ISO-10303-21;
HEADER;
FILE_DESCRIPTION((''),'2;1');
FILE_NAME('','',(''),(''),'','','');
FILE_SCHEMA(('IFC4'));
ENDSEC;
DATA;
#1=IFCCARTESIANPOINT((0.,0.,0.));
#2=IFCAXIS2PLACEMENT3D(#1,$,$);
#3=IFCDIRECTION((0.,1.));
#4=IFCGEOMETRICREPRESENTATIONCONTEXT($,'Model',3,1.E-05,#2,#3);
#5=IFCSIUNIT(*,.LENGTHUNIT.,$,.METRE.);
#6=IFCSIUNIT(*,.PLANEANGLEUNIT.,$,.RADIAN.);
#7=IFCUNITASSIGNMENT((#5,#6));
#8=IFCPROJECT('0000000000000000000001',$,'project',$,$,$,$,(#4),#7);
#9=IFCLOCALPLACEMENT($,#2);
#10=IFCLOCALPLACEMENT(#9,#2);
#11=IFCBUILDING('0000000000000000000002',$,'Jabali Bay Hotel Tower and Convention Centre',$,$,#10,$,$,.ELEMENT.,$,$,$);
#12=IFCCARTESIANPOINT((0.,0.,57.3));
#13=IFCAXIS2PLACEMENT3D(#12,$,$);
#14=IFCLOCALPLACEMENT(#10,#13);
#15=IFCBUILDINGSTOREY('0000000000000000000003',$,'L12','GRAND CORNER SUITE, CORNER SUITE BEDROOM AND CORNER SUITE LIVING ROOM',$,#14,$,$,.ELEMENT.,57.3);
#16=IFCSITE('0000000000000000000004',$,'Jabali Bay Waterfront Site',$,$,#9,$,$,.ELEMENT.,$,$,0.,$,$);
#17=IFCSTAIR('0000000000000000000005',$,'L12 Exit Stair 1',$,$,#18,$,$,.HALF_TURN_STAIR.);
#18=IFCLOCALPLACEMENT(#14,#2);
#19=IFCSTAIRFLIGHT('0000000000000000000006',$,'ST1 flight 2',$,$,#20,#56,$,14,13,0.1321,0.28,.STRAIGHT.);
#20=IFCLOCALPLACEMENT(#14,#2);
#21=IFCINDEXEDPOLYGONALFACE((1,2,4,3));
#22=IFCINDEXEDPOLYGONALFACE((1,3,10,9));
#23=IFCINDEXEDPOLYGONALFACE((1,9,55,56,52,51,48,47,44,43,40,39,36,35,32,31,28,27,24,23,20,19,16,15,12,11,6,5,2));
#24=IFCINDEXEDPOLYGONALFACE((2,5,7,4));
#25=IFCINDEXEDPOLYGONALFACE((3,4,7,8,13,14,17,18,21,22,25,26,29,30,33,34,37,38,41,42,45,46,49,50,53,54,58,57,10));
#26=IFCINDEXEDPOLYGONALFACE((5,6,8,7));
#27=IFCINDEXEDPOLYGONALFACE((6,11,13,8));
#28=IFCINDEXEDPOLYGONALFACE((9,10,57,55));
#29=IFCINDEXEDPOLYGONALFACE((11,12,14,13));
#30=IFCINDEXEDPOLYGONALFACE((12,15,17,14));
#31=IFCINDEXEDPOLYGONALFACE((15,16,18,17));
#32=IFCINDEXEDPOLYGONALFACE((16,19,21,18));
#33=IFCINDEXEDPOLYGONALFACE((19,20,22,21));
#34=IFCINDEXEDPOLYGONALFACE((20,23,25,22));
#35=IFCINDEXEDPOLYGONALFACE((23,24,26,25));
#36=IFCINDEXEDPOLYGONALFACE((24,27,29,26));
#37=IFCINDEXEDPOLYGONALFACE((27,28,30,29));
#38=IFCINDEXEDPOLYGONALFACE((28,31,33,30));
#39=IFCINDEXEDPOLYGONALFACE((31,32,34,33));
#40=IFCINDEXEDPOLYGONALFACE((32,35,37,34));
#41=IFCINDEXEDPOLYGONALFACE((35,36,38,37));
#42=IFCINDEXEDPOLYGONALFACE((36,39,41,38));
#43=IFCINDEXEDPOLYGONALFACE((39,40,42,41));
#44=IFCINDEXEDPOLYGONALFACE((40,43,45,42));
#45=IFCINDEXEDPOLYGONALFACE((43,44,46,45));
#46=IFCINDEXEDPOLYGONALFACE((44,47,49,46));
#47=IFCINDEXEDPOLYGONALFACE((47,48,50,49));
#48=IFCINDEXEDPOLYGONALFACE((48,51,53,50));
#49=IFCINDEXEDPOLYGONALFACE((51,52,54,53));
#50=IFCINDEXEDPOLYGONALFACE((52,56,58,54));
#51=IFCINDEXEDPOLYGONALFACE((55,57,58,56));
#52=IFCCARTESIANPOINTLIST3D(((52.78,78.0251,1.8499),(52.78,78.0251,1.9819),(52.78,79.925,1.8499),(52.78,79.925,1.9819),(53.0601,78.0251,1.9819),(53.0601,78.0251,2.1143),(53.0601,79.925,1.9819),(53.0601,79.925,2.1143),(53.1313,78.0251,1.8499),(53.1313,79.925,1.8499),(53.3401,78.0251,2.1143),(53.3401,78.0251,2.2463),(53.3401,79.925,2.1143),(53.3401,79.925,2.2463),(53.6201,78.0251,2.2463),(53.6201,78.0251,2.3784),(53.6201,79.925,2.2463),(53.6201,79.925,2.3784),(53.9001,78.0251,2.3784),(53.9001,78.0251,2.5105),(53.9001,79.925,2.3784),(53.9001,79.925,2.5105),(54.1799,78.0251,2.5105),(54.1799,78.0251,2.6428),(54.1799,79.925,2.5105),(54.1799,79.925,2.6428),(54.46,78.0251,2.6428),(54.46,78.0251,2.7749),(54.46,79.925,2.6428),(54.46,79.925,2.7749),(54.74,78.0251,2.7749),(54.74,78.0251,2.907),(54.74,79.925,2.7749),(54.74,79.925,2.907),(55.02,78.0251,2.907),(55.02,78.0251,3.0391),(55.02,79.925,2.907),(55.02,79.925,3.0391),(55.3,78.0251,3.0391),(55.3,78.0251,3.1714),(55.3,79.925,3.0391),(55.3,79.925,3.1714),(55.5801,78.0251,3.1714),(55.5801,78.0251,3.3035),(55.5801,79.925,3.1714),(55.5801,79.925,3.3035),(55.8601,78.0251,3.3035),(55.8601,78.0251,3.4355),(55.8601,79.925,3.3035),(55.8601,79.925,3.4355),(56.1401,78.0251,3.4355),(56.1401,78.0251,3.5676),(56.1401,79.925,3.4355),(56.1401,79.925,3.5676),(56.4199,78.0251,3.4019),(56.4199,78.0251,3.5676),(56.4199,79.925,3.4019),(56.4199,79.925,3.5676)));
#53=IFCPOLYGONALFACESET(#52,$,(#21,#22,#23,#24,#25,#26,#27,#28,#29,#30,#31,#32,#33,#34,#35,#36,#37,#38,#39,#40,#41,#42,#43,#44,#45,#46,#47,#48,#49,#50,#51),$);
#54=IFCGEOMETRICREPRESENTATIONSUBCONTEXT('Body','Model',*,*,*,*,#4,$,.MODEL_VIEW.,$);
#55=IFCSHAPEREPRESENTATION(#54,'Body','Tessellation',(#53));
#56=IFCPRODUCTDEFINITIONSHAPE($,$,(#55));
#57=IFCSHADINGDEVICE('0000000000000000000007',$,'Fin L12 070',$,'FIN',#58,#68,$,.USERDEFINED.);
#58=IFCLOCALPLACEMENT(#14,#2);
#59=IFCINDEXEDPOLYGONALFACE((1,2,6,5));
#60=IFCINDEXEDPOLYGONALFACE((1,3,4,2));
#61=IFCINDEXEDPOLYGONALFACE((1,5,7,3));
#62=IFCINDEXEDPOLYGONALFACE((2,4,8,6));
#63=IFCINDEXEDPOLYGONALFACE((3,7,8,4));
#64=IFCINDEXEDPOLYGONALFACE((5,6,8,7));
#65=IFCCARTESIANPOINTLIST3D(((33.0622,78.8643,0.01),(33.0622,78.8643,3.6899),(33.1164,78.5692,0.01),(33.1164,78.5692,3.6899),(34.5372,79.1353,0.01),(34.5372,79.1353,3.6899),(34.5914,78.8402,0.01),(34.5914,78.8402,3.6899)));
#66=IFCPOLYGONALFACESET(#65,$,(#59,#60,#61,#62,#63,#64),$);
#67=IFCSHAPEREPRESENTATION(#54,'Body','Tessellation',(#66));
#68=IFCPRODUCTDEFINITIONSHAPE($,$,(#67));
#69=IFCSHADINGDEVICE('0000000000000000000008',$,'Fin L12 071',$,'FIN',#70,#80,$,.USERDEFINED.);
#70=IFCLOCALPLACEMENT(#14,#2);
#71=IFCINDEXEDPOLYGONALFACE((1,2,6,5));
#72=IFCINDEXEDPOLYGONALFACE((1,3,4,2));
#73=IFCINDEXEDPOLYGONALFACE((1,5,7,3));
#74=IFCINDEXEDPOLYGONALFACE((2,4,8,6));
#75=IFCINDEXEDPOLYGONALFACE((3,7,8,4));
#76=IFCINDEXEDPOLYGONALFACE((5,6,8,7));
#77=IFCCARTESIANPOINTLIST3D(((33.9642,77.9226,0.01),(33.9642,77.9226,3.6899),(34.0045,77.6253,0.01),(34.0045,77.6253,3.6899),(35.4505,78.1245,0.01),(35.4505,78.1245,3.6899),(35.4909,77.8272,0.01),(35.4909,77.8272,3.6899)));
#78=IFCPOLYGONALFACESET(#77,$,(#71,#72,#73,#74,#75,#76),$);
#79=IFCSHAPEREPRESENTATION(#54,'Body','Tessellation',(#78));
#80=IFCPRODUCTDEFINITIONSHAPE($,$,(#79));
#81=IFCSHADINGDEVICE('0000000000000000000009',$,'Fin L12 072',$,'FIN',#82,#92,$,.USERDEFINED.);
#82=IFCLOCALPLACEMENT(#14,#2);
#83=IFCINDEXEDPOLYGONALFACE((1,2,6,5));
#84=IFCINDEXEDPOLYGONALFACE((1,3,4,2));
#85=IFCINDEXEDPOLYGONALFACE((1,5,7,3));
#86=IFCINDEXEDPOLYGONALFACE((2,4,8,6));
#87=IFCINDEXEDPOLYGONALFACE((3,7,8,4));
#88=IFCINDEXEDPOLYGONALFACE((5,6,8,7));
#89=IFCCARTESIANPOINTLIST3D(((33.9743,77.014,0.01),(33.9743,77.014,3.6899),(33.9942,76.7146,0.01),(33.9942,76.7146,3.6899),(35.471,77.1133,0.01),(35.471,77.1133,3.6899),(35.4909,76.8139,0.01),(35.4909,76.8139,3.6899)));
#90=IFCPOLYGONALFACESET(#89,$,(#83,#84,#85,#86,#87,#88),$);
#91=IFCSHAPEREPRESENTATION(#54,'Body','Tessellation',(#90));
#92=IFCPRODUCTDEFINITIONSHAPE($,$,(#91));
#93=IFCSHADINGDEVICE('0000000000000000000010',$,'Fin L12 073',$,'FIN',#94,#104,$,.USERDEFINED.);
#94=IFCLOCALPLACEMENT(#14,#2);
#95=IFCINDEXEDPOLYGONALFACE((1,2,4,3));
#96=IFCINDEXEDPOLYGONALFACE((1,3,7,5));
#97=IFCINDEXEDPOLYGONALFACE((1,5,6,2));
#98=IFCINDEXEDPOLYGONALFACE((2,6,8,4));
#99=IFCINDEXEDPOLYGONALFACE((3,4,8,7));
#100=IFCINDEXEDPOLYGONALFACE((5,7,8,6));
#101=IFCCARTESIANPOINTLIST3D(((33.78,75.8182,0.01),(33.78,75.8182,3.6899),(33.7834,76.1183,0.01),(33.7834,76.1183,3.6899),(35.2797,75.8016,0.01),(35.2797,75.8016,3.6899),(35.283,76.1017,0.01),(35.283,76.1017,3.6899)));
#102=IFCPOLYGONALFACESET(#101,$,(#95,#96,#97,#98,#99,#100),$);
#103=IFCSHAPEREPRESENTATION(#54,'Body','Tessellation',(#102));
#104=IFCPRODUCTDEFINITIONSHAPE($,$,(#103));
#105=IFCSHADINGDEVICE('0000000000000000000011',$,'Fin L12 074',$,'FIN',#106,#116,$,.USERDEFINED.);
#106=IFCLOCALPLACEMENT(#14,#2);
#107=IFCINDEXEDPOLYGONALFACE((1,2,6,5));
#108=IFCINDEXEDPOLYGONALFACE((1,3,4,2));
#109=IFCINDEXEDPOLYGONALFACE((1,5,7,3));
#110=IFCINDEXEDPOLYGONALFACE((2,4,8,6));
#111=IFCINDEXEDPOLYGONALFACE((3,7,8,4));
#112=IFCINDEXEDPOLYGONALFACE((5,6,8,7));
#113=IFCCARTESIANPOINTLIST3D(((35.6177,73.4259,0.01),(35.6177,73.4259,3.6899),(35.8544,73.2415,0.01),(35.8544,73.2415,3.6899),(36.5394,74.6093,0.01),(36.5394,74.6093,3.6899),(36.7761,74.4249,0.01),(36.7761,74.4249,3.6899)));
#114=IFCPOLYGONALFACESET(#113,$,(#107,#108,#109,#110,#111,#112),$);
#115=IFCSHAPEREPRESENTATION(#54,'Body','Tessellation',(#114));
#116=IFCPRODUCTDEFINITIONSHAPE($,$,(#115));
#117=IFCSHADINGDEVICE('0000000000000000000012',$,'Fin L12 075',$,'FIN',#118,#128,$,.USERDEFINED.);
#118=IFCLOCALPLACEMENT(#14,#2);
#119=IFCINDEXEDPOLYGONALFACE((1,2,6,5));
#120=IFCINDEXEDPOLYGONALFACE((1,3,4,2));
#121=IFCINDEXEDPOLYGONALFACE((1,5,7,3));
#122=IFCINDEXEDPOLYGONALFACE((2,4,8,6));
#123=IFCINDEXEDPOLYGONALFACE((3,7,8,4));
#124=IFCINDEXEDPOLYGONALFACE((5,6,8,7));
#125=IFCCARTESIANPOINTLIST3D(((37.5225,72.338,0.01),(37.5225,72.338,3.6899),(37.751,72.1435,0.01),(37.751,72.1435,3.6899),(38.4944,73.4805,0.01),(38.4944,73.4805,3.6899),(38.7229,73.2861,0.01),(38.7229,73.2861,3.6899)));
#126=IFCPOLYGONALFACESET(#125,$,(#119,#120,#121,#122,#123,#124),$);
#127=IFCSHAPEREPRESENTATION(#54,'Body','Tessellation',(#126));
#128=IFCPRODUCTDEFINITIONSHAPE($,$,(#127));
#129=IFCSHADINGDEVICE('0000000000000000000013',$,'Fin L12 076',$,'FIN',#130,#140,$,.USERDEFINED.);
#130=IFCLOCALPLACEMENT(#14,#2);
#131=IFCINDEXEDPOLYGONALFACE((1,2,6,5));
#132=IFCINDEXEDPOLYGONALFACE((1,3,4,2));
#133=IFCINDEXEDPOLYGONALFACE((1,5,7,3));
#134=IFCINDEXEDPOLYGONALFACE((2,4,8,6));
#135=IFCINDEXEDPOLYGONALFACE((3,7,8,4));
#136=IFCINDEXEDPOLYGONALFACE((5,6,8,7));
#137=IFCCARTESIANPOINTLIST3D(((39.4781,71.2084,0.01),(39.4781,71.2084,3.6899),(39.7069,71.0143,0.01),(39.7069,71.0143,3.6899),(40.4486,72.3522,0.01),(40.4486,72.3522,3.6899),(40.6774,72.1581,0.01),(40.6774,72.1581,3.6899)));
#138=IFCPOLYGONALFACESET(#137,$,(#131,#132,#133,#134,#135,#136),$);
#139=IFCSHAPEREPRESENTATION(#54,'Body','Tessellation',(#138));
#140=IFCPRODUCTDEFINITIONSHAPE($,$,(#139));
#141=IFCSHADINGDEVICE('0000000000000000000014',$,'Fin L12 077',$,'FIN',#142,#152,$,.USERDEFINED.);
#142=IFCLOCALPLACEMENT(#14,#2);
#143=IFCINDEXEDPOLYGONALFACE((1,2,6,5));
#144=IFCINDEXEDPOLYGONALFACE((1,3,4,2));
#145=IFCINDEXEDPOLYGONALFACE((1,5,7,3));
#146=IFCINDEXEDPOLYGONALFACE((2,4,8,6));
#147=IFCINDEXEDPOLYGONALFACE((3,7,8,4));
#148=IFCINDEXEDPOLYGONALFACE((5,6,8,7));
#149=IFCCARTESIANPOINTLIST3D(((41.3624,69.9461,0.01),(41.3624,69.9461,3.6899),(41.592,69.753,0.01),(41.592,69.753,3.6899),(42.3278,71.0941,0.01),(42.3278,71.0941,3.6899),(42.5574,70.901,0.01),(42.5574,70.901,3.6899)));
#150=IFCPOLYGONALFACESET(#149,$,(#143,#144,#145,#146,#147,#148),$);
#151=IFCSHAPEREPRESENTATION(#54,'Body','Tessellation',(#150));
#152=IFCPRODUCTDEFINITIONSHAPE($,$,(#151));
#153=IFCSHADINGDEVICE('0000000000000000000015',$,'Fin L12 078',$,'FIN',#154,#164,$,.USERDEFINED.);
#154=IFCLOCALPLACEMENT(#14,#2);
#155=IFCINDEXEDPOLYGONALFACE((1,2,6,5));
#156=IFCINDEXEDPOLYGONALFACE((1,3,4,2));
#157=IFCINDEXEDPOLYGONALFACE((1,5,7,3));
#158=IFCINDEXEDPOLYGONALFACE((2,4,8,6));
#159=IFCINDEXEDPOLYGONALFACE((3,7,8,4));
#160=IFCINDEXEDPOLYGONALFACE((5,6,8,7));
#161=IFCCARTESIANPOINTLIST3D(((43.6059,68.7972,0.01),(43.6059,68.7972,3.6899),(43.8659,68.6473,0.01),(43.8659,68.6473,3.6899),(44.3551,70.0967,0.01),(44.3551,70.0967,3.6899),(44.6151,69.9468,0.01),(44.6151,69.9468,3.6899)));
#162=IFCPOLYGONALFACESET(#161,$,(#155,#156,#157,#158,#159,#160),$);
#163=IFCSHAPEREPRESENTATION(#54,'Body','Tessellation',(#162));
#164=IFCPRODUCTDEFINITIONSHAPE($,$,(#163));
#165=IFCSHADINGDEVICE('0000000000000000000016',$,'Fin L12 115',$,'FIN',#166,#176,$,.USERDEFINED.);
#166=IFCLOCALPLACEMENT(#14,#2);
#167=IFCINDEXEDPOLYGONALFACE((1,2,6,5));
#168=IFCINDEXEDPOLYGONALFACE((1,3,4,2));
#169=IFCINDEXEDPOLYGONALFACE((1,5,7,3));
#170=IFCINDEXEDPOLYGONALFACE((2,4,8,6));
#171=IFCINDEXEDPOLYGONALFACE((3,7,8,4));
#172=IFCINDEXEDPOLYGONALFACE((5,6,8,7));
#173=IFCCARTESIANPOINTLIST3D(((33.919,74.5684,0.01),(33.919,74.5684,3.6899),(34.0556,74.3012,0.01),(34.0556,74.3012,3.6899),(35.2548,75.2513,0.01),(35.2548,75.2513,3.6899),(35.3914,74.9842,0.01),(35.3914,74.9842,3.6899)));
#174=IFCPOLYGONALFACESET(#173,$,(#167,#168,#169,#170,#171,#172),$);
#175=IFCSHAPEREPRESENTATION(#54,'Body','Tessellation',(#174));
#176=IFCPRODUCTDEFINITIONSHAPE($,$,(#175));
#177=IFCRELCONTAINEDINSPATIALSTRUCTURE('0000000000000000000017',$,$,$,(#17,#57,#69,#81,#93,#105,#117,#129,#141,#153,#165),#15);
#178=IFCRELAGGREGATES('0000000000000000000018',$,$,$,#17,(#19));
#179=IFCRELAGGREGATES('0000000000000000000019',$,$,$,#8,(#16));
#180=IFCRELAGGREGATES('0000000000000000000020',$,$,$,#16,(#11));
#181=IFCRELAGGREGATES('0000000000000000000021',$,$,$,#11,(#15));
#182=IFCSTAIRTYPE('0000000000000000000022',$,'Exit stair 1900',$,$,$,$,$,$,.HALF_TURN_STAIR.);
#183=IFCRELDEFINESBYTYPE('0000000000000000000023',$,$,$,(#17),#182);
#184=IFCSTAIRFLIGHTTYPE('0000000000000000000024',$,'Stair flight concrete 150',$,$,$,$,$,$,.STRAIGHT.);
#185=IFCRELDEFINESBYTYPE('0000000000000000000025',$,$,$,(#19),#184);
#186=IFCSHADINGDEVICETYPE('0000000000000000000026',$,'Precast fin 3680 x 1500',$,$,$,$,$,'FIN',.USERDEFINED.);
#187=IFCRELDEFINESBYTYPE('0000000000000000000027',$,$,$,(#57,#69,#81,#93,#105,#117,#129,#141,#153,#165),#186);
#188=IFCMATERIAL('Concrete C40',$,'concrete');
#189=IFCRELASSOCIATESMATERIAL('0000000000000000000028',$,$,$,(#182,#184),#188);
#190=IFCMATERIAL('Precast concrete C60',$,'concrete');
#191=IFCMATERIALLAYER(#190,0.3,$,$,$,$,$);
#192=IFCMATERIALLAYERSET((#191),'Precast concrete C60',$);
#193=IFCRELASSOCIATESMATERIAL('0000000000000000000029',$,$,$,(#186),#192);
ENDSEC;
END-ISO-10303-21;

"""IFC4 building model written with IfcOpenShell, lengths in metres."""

from ifc_helpers import new_model, si_unit, direction, frame, frame_2d, origin, place, context, subcontext, project, spatial, polyline, rectangle, outline, extrude, material, layer, layer_set, type_object, element, aggregate, save


model = new_model("IFC4")

# Units and contexts
model_context = context("Model", 3, precision=1e-05, world=origin(), true_north=direction((0.0, 1.0)))
body_context = subcontext(model_context, "Body", "Model", "MODEL_VIEW")
ifc_project = project(units=[si_unit("LENGTHUNIT", "METRE"), si_unit("PLANEANGLEUNIT", "RADIAN")], contexts=[model_context])

# Site, building, storey
site_placement = place(None, origin())
site = spatial("IfcSite", under=ifc_project, at=site_placement, Name="Jabali Bay Waterfront Site", CompositionType="ELEMENT", RefElevation=0.0)
building_placement = place(site_placement, origin())
building = spatial("IfcBuilding", under=site, at=building_placement, Name="Jabali Bay Hotel Tower and Convention Centre", CompositionType="ELEMENT")
storey_placement = place(building_placement, frame((0.0, 0.0, 57.3)))
storey = spatial("IfcBuildingStorey", under=building, at=storey_placement, Name="L12", Description="GRAND CORNER SUITE, CORNER SUITE BEDROOM AND CORNER SUITE LIVING ROOM", CompositionType="ELEMENT", Elevation=57.3)

# Shared definitions
ifc_material_1 = material(Name="Concrete C40", Category="concrete")

# Stair, stair flight
stair_type = type_object("IfcStairType", Name="Exit stair 1900", PredefinedType="HALF_TURN_STAIR", material=ifc_material_1)
stair_placement = place(storey_placement, origin())
stair = element("IfcStair", 1, at=stair_placement, inside=storey, type_object=stair_type, Name="L12 Exit Stair 1", PredefinedType="HALF_TURN_STAIR")
stair_flight_type = type_object("IfcStairFlightType", Name="Stair flight concrete 150", PredefinedType="STRAIGHT", material=ifc_material_1)
stair_flight_placement = place(storey_placement, frame((52.78, 78.9751, 1.8499), z_axis=(0.0, 0.0, 1.0), x_axis=(1.0, 0.0, 0.0)))
stair_flight = element("IfcStairFlight", 2, at=stair_flight_placement, type_object=stair_flight_type, Name="ST1 flight 2", NumberOfRisers=14, NumberOfTreads=13, PredefinedType="STRAIGHT", RiserHeight=0.1321, TreadLength=0.28, context=body_context, shape_type="SweptSolid", body=[
    extrude(outline(polyline([(0.0, 0.0), (0.0, 0.1321), (0.28, 0.1321), (0.28, 0.2644), (0.5601, 0.2644), (0.5601, 0.3965), (0.8401, 0.3965), (0.8401, 0.5286), (1.1201, 0.5286), (1.1201, 0.6606), (1.3999, 0.6606), (1.3999, 0.793), (1.6799, 0.793), (1.6799, 0.925), (1.96, 0.925), (1.96, 1.0571), (2.24, 1.0571), (2.24, 1.1892), (2.52, 1.1892), (2.52, 1.3215), (2.8, 1.3215), (2.8, 1.4536), (3.0801, 1.4536), (3.0801, 1.5857), (3.3601, 1.5857), (3.3601, 1.7178), (3.6399, 1.7178), (3.6399, 1.8501), (3.6399, 1.552), (0.3513, 0.0), (0.0, 0.0)])), frame((0.0, 0.95, 0.0), z_axis=(0.0, -1.0, 0.0), x_axis=(1.0, 0.0, 0.0)), (0.0, 0.0, 1.0), 1.8999),
])
aggregate(stair, [stair_flight])

# Shading devices
ifc_material_2 = material(Name="Precast concrete C60", Category="concrete")
ifc_layer_1 = layer(ifc_material_2, 0.3)
ifc_layer_set_1 = layer_set([ifc_layer_1], Name="Precast concrete C60")
shading_device_type = type_object("IfcShadingDeviceType", Name="Precast fin 3680 x 1500", ElementType="FIN", PredefinedType="USERDEFINED", material=ifc_layer_set_1)
shading_device_1_placement = place(storey_placement, frame((34.5645, 78.9878, 0.01), z_axis=(0.0, 0.0, 1.0), x_axis=(-0.98354, -0.18069, 0.0)))
element("IfcShadingDevice", 3, at=shading_device_1_placement, inside=storey, type_object=shading_device_type, Name="Fin L12 070", ObjectType="FIN", PredefinedType="USERDEFINED", context=body_context, shape_type="SweptSolid", body=[
    extrude(rectangle(XDim=1.4998, YDim=0.3, at=frame_2d((0.75, 0.0))), origin(), (0.0, 0.0, 1.0), 3.6799),
])
for number, where, z_axis, x_axis, name in (
    (4, (35.4707, 77.9758, 0.01), (0.0, 0.0, 1.0), (-0.990899, -0.134605, 0.0), "Fin L12 071"),
    (5, (35.481, 76.9636, 0.01), (0.0, 0.0, 1.0), (-0.997804, -0.066238, 0.0), "Fin L12 072"),
):
    element("IfcShadingDevice", number, at=place(storey_placement, frame(where, z_axis=z_axis, x_axis=x_axis)), inside=storey, type_object=shading_device_type, Name=name, ObjectType="FIN", PredefinedType="USERDEFINED", context=body_context, shape_type="SweptSolid", body=[
        extrude(rectangle(XDim=1.5, YDim=0.3, at=frame_2d((0.75, 0.0))), origin(), (0.0, 0.0, 1.0), 3.6799),
    ])
shading_device_2_placement = place(storey_placement, frame((35.2815, 75.9517, 0.01), z_axis=(0.0, 0.0, 1.0), x_axis=(-0.999939, 0.011069, 0.0)))
element("IfcShadingDevice", 6, at=shading_device_2_placement, inside=storey, type_object=shading_device_type, Name="Fin L12 073", ObjectType="FIN", PredefinedType="USERDEFINED", context=body_context, shape_type="SweptSolid", body=[
    extrude(rectangle(XDim=1.4998, YDim=0.3, at=frame_2d((0.75, 0.0))), origin(), (0.0, 0.0, 1.0), 3.6799),
])
for number, where, z_axis, x_axis, name in (
    (7, (36.6577, 74.5171, 0.01), (0.0, 0.0, 1.0), (-0.614459, -0.788949, 0.0), "Fin L12 074"),
    (8, (38.6086, 73.3833, 0.01), (0.0, 0.0, 1.0), (-0.647932, -0.761698, 0.0), "Fin L12 075"),
    (9, (40.563, 72.2551, 0.01), (0.0, 0.0, 1.0), (-0.646963, -0.762521, 0.0), "Fin L12 076"),
    (10, (42.4426, 70.9976, 0.01), (0.0, 0.0, 1.0), (-0.643604, -0.765358, 0.0), "Fin L12 077"),
    (11, (44.4851, 70.0217, 0.01), (0.0, 0.0, 1.0), (-0.499483, -0.866324, 0.0), "Fin L12 078"),
):
    element("IfcShadingDevice", number, at=place(storey_placement, frame(where, z_axis=z_axis, x_axis=x_axis)), inside=storey, type_object=shading_device_type, Name=name, ObjectType="FIN", PredefinedType="USERDEFINED", context=body_context, shape_type="SweptSolid", body=[
        extrude(rectangle(XDim=1.5, YDim=0.3, at=frame_2d((0.75, 0.0))), origin(), (0.0, 0.0, 1.0), 3.6799),
    ])
shading_device_3_placement = place(storey_placement, frame((35.323, 75.1177, 0.01), z_axis=(0.0, 0.0, 1.0), x_axis=(-0.890388, -0.455203, 0.0)))
element("IfcShadingDevice", 12, at=shading_device_3_placement, inside=storey, type_object=shading_device_type, Name="Fin L12 115", ObjectType="FIN", PredefinedType="USERDEFINED", context=body_context, shape_type="SweptSolid", body=[
    extrude(rectangle(XDim=1.5002, YDim=0.3, at=frame_2d((0.75, 0.0))), origin(), (0.0, 0.0, 1.0), 3.6799),
])

save(model, "model.ifc")
